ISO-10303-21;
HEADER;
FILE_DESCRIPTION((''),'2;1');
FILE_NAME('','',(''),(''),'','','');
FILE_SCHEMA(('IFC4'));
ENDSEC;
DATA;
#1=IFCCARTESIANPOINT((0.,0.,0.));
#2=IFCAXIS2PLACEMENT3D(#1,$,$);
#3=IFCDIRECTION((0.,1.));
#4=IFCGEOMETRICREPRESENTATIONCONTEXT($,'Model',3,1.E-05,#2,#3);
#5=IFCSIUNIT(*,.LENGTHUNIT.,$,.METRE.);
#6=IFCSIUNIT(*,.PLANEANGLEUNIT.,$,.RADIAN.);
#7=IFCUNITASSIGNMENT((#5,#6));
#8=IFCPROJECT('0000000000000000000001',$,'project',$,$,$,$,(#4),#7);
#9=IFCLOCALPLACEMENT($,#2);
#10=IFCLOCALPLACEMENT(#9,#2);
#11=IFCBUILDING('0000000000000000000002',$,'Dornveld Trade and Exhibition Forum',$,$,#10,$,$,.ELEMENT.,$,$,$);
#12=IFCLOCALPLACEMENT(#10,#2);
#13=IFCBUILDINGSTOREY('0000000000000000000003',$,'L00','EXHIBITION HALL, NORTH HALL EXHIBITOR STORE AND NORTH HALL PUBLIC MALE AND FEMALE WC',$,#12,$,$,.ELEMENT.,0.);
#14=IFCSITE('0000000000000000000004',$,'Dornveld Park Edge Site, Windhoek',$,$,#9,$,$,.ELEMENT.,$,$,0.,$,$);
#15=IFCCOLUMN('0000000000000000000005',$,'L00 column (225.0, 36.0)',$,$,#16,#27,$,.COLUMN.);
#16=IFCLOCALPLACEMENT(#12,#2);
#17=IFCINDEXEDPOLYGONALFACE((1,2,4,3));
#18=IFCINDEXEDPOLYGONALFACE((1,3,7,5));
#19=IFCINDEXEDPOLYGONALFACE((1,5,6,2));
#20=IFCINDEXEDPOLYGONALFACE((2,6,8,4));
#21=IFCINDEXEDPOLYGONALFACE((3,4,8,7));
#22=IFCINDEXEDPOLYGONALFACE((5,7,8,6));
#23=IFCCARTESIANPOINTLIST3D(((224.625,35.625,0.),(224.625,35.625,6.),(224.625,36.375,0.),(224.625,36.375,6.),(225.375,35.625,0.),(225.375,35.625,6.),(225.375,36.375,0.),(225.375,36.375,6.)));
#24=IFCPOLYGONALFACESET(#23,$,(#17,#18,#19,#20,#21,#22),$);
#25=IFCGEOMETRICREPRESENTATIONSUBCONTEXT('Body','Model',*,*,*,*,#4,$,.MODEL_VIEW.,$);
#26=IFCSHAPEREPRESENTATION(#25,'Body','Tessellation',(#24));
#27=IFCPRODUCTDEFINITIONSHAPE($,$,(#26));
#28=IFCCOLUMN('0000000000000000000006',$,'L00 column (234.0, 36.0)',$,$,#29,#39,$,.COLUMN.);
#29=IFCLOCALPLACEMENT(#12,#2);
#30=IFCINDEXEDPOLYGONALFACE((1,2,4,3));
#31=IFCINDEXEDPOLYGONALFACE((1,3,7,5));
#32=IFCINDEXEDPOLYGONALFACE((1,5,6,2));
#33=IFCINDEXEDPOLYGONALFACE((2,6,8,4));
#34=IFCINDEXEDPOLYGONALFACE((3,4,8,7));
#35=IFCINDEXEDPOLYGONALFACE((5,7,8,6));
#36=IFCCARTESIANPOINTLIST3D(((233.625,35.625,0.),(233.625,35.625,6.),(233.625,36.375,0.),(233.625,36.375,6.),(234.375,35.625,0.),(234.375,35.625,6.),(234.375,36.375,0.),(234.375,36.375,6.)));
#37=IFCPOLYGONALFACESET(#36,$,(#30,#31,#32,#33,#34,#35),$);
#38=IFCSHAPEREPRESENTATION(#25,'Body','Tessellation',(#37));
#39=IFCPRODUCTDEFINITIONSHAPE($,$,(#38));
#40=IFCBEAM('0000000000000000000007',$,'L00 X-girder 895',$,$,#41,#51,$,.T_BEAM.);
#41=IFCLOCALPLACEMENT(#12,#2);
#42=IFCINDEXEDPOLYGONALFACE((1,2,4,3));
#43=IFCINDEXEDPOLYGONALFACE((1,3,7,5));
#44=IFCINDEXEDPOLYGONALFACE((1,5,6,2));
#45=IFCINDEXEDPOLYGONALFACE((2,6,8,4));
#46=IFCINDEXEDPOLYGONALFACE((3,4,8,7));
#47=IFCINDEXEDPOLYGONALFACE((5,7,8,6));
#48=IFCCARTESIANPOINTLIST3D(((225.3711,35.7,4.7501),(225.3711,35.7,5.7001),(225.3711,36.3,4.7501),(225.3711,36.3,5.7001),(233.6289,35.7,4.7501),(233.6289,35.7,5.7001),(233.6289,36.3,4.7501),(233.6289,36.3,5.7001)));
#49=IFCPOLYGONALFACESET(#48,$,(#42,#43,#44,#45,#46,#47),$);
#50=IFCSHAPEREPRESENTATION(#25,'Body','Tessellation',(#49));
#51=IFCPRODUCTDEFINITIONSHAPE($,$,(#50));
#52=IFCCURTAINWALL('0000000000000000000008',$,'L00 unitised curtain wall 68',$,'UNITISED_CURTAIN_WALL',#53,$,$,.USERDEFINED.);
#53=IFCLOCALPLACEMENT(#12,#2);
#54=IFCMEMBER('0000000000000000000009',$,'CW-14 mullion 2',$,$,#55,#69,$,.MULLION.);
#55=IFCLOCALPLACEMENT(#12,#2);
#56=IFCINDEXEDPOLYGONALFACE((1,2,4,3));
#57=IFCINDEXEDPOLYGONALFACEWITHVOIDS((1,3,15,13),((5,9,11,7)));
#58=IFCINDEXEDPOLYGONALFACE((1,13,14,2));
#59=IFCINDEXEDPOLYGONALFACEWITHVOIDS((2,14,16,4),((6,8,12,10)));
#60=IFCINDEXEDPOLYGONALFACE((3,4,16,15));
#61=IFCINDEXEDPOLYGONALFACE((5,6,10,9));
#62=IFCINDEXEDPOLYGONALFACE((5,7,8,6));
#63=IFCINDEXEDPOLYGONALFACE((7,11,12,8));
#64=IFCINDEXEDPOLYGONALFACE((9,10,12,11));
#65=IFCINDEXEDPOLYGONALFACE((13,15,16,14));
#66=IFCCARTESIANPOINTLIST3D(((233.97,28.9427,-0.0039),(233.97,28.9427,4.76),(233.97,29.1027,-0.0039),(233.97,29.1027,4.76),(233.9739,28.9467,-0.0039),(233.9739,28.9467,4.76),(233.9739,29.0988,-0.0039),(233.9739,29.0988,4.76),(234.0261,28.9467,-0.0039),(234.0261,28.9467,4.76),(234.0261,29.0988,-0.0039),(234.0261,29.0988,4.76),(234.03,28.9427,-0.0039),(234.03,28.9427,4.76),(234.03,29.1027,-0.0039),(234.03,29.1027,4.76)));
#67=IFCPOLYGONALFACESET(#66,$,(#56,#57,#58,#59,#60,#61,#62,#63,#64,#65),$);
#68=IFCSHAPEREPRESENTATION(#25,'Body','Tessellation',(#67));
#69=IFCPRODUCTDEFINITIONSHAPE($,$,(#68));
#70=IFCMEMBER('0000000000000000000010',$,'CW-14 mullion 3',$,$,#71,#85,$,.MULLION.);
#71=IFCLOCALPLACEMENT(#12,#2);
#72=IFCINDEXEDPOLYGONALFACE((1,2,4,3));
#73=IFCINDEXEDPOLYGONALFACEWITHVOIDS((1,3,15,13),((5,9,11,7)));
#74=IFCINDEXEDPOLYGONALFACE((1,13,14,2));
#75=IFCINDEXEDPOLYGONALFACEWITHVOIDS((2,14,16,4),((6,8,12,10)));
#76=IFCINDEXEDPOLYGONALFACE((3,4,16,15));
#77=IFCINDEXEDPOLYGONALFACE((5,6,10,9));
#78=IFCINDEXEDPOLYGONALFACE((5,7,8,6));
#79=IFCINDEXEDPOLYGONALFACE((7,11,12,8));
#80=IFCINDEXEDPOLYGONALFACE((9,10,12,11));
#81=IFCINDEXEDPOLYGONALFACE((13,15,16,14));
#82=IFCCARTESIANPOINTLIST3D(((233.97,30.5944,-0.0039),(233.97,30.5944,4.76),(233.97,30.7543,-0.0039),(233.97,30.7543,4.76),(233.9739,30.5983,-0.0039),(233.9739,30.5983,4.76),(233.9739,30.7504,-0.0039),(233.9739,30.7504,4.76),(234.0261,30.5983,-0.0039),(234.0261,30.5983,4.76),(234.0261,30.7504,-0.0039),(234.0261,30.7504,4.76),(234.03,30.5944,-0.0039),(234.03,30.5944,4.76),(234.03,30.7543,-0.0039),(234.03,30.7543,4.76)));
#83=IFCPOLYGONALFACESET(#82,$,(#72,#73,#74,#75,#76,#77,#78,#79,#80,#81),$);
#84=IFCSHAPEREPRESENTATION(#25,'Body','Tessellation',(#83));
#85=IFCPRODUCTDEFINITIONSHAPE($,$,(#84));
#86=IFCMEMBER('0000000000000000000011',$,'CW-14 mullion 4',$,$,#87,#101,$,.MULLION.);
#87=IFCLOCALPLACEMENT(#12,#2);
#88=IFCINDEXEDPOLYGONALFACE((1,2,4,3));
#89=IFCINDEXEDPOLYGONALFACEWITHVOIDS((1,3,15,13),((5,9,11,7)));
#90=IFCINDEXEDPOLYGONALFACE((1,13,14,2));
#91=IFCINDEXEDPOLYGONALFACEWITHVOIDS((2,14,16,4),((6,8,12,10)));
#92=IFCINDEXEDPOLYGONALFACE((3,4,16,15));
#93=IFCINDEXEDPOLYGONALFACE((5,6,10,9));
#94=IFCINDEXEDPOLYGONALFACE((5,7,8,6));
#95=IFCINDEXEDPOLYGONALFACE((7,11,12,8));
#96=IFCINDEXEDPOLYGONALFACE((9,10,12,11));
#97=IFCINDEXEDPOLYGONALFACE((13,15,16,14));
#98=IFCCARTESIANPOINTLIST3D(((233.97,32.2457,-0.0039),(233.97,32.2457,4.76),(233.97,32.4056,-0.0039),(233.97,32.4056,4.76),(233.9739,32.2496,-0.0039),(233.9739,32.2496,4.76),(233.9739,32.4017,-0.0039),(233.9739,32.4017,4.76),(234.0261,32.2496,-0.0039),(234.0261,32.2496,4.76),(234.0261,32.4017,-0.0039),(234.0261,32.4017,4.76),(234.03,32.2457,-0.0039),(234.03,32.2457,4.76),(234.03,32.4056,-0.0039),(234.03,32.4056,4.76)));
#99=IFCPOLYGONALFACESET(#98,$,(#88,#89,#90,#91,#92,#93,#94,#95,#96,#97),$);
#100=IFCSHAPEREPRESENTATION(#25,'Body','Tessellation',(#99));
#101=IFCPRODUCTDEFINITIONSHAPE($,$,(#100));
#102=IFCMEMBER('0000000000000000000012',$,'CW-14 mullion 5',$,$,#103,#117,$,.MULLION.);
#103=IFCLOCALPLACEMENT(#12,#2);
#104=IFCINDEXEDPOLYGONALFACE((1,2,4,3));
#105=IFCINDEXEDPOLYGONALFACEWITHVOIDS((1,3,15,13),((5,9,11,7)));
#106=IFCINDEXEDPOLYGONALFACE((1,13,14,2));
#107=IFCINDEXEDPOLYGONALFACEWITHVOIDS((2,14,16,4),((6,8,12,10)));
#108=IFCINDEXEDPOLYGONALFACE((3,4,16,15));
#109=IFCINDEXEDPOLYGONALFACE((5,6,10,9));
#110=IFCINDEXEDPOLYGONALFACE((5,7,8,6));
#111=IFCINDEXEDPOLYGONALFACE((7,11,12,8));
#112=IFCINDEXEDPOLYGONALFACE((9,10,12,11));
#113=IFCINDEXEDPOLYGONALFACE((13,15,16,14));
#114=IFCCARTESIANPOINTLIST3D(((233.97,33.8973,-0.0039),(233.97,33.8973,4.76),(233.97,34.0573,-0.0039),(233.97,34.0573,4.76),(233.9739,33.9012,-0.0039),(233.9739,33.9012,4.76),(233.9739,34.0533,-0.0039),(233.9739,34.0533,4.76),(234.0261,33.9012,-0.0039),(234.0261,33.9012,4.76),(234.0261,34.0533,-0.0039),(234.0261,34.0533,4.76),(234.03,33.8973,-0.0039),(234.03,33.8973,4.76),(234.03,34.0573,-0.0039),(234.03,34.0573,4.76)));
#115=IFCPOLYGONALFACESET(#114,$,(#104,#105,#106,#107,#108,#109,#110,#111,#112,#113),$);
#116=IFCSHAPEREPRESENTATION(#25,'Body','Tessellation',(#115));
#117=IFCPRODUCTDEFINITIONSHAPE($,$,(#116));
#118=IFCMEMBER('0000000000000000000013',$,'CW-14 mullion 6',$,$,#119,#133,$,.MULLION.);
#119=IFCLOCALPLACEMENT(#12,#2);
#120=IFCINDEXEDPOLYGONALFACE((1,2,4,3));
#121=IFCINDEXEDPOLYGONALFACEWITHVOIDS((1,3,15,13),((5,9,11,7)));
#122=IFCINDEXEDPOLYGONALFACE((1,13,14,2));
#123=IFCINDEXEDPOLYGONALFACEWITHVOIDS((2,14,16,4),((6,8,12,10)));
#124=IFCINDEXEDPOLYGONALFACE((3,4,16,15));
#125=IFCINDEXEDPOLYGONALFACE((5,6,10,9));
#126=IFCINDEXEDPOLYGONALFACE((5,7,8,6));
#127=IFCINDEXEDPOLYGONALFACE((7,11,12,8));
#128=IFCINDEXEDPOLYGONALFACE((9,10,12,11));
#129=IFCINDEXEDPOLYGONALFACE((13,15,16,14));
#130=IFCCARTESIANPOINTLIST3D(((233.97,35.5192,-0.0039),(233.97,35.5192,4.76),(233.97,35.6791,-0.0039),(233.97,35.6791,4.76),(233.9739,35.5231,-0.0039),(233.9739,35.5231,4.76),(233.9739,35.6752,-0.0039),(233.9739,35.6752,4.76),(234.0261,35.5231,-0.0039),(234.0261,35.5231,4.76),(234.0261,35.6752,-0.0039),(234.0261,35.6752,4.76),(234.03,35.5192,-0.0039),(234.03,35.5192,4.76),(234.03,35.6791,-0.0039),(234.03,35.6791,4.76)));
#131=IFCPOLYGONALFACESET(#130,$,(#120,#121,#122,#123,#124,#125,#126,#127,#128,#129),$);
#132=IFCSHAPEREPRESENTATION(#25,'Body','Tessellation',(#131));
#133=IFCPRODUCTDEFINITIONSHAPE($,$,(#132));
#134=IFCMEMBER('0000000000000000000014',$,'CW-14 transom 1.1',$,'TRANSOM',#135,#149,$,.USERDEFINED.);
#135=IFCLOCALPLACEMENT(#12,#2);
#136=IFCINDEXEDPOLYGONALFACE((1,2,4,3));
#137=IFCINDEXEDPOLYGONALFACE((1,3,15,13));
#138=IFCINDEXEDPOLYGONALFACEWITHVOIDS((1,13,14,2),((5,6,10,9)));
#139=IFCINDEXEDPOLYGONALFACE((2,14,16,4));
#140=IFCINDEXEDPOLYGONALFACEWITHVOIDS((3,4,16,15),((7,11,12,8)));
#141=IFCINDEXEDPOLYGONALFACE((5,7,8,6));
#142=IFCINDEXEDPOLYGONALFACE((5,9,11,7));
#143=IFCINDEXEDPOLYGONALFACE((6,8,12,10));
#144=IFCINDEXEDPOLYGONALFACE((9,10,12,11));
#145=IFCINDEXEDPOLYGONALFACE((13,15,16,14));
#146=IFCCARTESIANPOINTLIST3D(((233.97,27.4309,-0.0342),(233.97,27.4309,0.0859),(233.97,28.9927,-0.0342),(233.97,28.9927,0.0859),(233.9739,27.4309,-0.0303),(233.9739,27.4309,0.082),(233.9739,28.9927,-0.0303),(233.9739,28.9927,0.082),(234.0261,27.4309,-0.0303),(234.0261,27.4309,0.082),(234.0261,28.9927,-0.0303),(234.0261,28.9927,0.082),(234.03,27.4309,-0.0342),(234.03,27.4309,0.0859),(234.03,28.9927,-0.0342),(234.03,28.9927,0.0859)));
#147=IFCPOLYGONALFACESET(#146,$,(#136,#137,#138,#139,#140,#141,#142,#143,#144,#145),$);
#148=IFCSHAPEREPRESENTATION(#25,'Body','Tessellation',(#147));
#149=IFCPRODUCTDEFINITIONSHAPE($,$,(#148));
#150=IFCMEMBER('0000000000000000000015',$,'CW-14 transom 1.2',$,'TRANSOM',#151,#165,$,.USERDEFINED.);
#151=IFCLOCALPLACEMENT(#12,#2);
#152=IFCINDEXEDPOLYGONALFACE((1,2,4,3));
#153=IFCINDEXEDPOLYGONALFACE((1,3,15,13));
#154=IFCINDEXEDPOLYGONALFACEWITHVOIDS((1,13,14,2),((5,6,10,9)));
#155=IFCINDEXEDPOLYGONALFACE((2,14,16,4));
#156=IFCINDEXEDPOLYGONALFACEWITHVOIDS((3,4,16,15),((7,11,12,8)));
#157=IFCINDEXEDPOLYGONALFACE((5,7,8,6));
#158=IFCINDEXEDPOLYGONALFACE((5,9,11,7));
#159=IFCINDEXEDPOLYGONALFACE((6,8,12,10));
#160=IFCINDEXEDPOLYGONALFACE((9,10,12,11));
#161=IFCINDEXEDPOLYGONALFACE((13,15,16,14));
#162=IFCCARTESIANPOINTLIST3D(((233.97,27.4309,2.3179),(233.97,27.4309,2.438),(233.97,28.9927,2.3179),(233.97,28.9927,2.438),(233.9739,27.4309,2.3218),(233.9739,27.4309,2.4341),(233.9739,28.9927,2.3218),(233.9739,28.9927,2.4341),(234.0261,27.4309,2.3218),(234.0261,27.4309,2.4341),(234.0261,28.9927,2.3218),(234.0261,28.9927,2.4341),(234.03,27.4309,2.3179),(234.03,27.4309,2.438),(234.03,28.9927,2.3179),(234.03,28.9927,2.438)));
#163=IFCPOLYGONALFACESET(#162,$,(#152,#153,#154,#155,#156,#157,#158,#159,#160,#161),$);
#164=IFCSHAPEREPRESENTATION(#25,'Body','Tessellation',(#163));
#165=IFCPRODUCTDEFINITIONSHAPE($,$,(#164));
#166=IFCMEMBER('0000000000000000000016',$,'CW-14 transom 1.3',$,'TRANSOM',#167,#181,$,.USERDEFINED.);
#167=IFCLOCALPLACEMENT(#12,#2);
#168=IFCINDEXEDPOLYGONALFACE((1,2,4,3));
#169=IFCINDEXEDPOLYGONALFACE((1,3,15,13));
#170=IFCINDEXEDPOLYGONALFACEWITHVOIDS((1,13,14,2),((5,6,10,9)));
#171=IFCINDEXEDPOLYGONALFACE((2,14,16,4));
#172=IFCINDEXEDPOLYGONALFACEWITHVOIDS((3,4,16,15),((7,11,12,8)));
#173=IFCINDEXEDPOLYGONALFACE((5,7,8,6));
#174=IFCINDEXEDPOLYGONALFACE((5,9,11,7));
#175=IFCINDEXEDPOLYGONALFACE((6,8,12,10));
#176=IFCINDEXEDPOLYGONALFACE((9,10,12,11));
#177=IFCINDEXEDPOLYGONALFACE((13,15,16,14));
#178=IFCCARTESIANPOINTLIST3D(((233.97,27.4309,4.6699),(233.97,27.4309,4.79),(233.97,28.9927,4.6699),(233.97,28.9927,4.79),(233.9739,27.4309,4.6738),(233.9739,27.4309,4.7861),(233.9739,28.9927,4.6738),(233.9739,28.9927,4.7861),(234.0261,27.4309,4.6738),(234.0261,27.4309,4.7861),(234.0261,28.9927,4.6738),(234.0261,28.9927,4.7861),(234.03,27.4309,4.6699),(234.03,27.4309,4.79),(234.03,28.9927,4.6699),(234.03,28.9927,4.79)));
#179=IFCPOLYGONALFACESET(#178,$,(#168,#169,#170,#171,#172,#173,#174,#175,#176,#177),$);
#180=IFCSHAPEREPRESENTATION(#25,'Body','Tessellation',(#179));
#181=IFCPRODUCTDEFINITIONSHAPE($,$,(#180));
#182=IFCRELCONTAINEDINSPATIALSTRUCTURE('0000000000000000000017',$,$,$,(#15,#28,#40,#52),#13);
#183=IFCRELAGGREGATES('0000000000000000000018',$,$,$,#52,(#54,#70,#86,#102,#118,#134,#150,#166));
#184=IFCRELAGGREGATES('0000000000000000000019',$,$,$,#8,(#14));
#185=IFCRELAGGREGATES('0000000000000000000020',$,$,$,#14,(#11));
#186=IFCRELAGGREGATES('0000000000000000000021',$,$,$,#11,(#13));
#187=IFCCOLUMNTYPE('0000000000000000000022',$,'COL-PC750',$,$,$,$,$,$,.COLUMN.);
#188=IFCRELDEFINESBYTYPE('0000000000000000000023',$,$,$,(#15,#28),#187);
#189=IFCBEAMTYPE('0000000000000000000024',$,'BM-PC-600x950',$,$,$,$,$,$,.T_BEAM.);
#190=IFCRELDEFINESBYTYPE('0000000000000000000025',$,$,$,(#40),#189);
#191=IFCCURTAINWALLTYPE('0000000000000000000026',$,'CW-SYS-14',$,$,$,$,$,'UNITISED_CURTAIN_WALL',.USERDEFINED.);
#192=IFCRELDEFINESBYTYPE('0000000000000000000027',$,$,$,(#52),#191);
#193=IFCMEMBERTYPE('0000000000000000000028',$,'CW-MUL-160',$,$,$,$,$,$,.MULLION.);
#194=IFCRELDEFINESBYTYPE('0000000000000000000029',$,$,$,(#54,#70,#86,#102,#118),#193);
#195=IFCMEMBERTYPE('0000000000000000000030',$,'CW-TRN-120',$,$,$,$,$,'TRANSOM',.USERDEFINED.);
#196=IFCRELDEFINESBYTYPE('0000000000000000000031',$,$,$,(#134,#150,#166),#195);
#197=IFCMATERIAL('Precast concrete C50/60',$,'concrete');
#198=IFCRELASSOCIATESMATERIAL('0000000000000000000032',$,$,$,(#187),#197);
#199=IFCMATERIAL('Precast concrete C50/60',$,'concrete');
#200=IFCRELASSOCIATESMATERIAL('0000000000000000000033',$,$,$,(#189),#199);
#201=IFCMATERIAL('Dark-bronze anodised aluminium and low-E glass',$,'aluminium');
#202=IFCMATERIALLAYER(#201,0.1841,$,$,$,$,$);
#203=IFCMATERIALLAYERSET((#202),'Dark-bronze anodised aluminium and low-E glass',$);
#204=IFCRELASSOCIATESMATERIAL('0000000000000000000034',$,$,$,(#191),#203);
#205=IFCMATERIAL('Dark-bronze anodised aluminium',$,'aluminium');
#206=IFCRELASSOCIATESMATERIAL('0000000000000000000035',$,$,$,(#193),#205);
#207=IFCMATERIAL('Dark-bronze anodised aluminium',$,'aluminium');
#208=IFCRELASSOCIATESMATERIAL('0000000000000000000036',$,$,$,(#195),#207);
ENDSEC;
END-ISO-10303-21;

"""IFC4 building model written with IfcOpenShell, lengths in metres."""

from ifc_helpers import new_model, si_unit, direction, frame, origin, origin_2d, place, context, subcontext, project, spatial, rectangle, hollow_rectangle, extrude, material, layer, layer_set, material_profile, profile_set, type_object, element, aggregate, save


model = new_model("IFC4")

# Units and contexts
model_context = context("Model", 3, precision=1e-05, world=origin(), true_north=direction((0.0, 1.0)))
body_context = subcontext(model_context, "Body", "Model", "MODEL_VIEW")
ifc_project = project(units=[si_unit("LENGTHUNIT", "METRE"), si_unit("PLANEANGLEUNIT", "RADIAN")], contexts=[model_context])

# Site, building, storey
site_placement = place(None, origin())
site = spatial("IfcSite", under=ifc_project, at=site_placement, Name="Dornveld Park Edge Site, Windhoek", CompositionType="ELEMENT", RefElevation=0.0)
building_placement = place(site_placement, origin())
building = spatial("IfcBuilding", under=site, at=building_placement, Name="Dornveld Trade and Exhibition Forum", CompositionType="ELEMENT")
storey_placement = place(building_placement, origin())
storey = spatial("IfcBuildingStorey", under=building, at=storey_placement, Name="L00", Description="EXHIBITION HALL, NORTH HALL EXHIBITOR STORE AND NORTH HALL PUBLIC MALE AND FEMALE WC", CompositionType="ELEMENT", Elevation=0.0)

# Columns
ifc_material_1 = material(Name="Precast concrete C50/60", Category="concrete")
ifc_material_profile_1 = material_profile(ifc_material_1, rectangle(XDim=0.75, YDim=0.75, at=origin_2d()), Name="PC-COL 750x750")
ifc_profile_set_1 = profile_set([ifc_material_profile_1], Name="Precast concrete C50/60")
column_type = type_object("IfcColumnType", Name="COL-PC750", PredefinedType="COLUMN", material=ifc_profile_set_1)
for number, where, z_axis, x_axis, name in (
    (1, (225.0, 36.0, 0.0), (0.0, 0.0, 1.0), (1.0, 0.0, 0.0), "L00 column (225.0, 36.0)"),
    (2, (234.0, 36.0, 0.0), (0.0, 0.0, 1.0), (1.0, 0.0, 0.0), "L00 column (234.0, 36.0)"),
):
    element("IfcColumn", number, at=place(storey_placement, frame(where, z_axis=z_axis, x_axis=x_axis)), inside=storey, type_object=column_type, Name=name, PredefinedType="COLUMN", context=body_context, shape_type="SweptSolid", body=[
        extrude(rectangle(XDim=0.75, YDim=0.75, at=origin_2d()), origin(), (0.0, 0.0, 1.0), 6.0),
    ])

# Beam
ifc_material_2 = material(Name="Precast concrete C50/60", Category="concrete")
ifc_material_profile_2 = material_profile(ifc_material_2, rectangle(XDim=0.6001, YDim=0.95, at=origin_2d()), Name="PC-GIR 600x950")
ifc_profile_set_2 = profile_set([ifc_material_profile_2], Name="Precast concrete C50/60")
beam_type = type_object("IfcBeamType", Name="BM-PC-600x950", PredefinedType="T_BEAM", material=ifc_profile_set_2)
beam_placement = place(storey_placement, frame((225.3711, 36.0, 5.2251), z_axis=(1.0, 0.0, 0.0), x_axis=(0.0, 1.0, 0.0)))
element("IfcBeam", 3, at=beam_placement, inside=storey, type_object=beam_type, Name="L00 X-girder 895", PredefinedType="T_BEAM", context=body_context, shape_type="SweptSolid", body=[
    extrude(rectangle(XDim=0.6001, YDim=0.95, at=origin_2d()), origin(), (0.0, 0.0, 1.0), 8.2578),
])

# Curtain wall, members
ifc_material_3 = material(Name="Dark-bronze anodised aluminium and low-E glass", Category="aluminium")
ifc_layer_1 = layer(ifc_material_3, 0.1841)
ifc_layer_set_1 = layer_set([ifc_layer_1], Name="Dark-bronze anodised aluminium and low-E glass")
curtain_wall_type = type_object("IfcCurtainWallType", Name="CW-SYS-14", ElementType="UNITISED_CURTAIN_WALL", PredefinedType="USERDEFINED", material=ifc_layer_set_1)
curtain_wall_placement = place(storey_placement, origin())
curtain_wall = element("IfcCurtainWall", 4, at=curtain_wall_placement, inside=storey, type_object=curtain_wall_type, Name="L00 unitised curtain wall 68", ObjectType="UNITISED_CURTAIN_WALL", PredefinedType="USERDEFINED")
ifc_material_4 = material(Name="Dark-bronze anodised aluminium", Category="aluminium")
ifc_material_profile_3 = material_profile(ifc_material_4, hollow_rectangle(XDim=0.0601, YDim=0.1599, WallThickness=0.0039, at=origin_2d()), Name="RHS 160x60x4")
ifc_profile_set_3 = profile_set([ifc_material_profile_3], Name="Dark-bronze anodised aluminium")
member_type_1 = type_object("IfcMemberType", Name="CW-MUL-160", PredefinedType="MULLION", material=ifc_profile_set_3)
member_1_placement = place(storey_placement, frame((234.0, 29.0227, -0.0039), z_axis=(0.0, 0.0, 1.0), x_axis=(-1.0, 0.0, 0.0)))
member_1 = element("IfcMember", 5, at=member_1_placement, type_object=member_type_1, Name="CW-14 mullion 2", PredefinedType="MULLION", context=body_context, shape_type="SweptSolid", body=[
    extrude(hollow_rectangle(XDim=0.0601, YDim=0.1599, WallThickness=0.0039, at=origin_2d()), origin(), (0.0, 0.0, 1.0), 4.7639),
])
member_2_placement = place(storey_placement, frame((234.0, 30.6743, -0.0039), z_axis=(0.0, 0.0, 1.0), x_axis=(-1.0, 0.0, 0.0)))
member_2 = element("IfcMember", 6, at=member_2_placement, type_object=member_type_1, Name="CW-14 mullion 3", PredefinedType="MULLION", context=body_context, shape_type="SweptSolid", body=[
    extrude(hollow_rectangle(XDim=0.0601, YDim=0.1599, WallThickness=0.0039, at=origin_2d()), origin(), (0.0, 0.0, 1.0), 4.7639),
])
member_3_placement = place(storey_placement, frame((234.0, 32.3257, -0.0039), z_axis=(0.0, 0.0, 1.0), x_axis=(-1.0, 0.0, 0.0)))
member_3 = element("IfcMember", 7, at=member_3_placement, type_object=member_type_1, Name="CW-14 mullion 4", PredefinedType="MULLION", context=body_context, shape_type="SweptSolid", body=[
    extrude(hollow_rectangle(XDim=0.0601, YDim=0.1599, WallThickness=0.0039, at=origin_2d()), origin(), (0.0, 0.0, 1.0), 4.7639),
])
member_4_placement = place(storey_placement, frame((234.0, 33.9773, -0.0039), z_axis=(0.0, 0.0, 1.0), x_axis=(-1.0, 0.0, 0.0)))
member_4 = element("IfcMember", 8, at=member_4_placement, type_object=member_type_1, Name="CW-14 mullion 5", PredefinedType="MULLION", context=body_context, shape_type="SweptSolid", body=[
    extrude(hollow_rectangle(XDim=0.0601, YDim=0.1599, WallThickness=0.0039, at=origin_2d()), origin(), (0.0, 0.0, 1.0), 4.7639),
])
member_5_placement = place(storey_placement, frame((234.0, 35.5991, -0.0039), z_axis=(0.0, 0.0, 1.0), x_axis=(-1.0, 0.0, 0.0)))
member_5 = element("IfcMember", 9, at=member_5_placement, type_object=member_type_1, Name="CW-14 mullion 6", PredefinedType="MULLION", context=body_context, shape_type="SweptSolid", body=[
    extrude(hollow_rectangle(XDim=0.0601, YDim=0.1599, WallThickness=0.0039, at=origin_2d()), origin(), (0.0, 0.0, 1.0), 4.7639),
])
ifc_material_5 = material(Name="Dark-bronze anodised aluminium", Category="aluminium")
ifc_material_profile_4 = material_profile(ifc_material_5, hollow_rectangle(XDim=0.0601, YDim=0.1201, WallThickness=0.0039, at=origin_2d()), Name="RHS 120x60x4")
ifc_profile_set_4 = profile_set([ifc_material_profile_4], Name="Dark-bronze anodised aluminium")
member_type_2 = type_object("IfcMemberType", Name="CW-TRN-120", ElementType="TRANSOM", PredefinedType="USERDEFINED", material=ifc_profile_set_4)
member_6_placement = place(storey_placement, frame((234.0, 27.4309, 0.0259), z_axis=(0.0, 1.0, 0.0), x_axis=(-1.0, 0.0, 0.0)))
member_6 = element("IfcMember", 10, at=member_6_placement, type_object=member_type_2, Name="CW-14 transom 1.1", ObjectType="TRANSOM", PredefinedType="USERDEFINED", context=body_context, shape_type="SweptSolid", body=[
    extrude(hollow_rectangle(XDim=0.0601, YDim=0.1201, WallThickness=0.0039, at=origin_2d()), origin(), (0.0, 0.0, 1.0), 1.5618),
])
member_7_placement = place(storey_placement, frame((234.0, 27.4309, 2.3779), z_axis=(0.0, 1.0, 0.0), x_axis=(-1.0, 0.0, 0.0)))
member_7 = element("IfcMember", 11, at=member_7_placement, type_object=member_type_2, Name="CW-14 transom 1.2", ObjectType="TRANSOM", PredefinedType="USERDEFINED", context=body_context, shape_type="SweptSolid", body=[
    extrude(hollow_rectangle(XDim=0.0601, YDim=0.1201, WallThickness=0.0039, at=origin_2d()), origin(), (0.0, 0.0, 1.0), 1.5618),
])
member_8_placement = place(storey_placement, frame((234.0, 27.4309, 4.73), z_axis=(0.0, 1.0, 0.0), x_axis=(-1.0, 0.0, 0.0)))
member_8 = element("IfcMember", 12, at=member_8_placement, type_object=member_type_2, Name="CW-14 transom 1.3", ObjectType="TRANSOM", PredefinedType="USERDEFINED", context=body_context, shape_type="SweptSolid", body=[
    extrude(hollow_rectangle(XDim=0.0601, YDim=0.1201, WallThickness=0.0039, at=origin_2d()), origin(), (0.0, 0.0, 1.0), 1.5618),
])
aggregate(curtain_wall, [member_1, member_2, member_3, member_4, member_5, member_6, member_7, member_8])

save(model, "model.ifc")
